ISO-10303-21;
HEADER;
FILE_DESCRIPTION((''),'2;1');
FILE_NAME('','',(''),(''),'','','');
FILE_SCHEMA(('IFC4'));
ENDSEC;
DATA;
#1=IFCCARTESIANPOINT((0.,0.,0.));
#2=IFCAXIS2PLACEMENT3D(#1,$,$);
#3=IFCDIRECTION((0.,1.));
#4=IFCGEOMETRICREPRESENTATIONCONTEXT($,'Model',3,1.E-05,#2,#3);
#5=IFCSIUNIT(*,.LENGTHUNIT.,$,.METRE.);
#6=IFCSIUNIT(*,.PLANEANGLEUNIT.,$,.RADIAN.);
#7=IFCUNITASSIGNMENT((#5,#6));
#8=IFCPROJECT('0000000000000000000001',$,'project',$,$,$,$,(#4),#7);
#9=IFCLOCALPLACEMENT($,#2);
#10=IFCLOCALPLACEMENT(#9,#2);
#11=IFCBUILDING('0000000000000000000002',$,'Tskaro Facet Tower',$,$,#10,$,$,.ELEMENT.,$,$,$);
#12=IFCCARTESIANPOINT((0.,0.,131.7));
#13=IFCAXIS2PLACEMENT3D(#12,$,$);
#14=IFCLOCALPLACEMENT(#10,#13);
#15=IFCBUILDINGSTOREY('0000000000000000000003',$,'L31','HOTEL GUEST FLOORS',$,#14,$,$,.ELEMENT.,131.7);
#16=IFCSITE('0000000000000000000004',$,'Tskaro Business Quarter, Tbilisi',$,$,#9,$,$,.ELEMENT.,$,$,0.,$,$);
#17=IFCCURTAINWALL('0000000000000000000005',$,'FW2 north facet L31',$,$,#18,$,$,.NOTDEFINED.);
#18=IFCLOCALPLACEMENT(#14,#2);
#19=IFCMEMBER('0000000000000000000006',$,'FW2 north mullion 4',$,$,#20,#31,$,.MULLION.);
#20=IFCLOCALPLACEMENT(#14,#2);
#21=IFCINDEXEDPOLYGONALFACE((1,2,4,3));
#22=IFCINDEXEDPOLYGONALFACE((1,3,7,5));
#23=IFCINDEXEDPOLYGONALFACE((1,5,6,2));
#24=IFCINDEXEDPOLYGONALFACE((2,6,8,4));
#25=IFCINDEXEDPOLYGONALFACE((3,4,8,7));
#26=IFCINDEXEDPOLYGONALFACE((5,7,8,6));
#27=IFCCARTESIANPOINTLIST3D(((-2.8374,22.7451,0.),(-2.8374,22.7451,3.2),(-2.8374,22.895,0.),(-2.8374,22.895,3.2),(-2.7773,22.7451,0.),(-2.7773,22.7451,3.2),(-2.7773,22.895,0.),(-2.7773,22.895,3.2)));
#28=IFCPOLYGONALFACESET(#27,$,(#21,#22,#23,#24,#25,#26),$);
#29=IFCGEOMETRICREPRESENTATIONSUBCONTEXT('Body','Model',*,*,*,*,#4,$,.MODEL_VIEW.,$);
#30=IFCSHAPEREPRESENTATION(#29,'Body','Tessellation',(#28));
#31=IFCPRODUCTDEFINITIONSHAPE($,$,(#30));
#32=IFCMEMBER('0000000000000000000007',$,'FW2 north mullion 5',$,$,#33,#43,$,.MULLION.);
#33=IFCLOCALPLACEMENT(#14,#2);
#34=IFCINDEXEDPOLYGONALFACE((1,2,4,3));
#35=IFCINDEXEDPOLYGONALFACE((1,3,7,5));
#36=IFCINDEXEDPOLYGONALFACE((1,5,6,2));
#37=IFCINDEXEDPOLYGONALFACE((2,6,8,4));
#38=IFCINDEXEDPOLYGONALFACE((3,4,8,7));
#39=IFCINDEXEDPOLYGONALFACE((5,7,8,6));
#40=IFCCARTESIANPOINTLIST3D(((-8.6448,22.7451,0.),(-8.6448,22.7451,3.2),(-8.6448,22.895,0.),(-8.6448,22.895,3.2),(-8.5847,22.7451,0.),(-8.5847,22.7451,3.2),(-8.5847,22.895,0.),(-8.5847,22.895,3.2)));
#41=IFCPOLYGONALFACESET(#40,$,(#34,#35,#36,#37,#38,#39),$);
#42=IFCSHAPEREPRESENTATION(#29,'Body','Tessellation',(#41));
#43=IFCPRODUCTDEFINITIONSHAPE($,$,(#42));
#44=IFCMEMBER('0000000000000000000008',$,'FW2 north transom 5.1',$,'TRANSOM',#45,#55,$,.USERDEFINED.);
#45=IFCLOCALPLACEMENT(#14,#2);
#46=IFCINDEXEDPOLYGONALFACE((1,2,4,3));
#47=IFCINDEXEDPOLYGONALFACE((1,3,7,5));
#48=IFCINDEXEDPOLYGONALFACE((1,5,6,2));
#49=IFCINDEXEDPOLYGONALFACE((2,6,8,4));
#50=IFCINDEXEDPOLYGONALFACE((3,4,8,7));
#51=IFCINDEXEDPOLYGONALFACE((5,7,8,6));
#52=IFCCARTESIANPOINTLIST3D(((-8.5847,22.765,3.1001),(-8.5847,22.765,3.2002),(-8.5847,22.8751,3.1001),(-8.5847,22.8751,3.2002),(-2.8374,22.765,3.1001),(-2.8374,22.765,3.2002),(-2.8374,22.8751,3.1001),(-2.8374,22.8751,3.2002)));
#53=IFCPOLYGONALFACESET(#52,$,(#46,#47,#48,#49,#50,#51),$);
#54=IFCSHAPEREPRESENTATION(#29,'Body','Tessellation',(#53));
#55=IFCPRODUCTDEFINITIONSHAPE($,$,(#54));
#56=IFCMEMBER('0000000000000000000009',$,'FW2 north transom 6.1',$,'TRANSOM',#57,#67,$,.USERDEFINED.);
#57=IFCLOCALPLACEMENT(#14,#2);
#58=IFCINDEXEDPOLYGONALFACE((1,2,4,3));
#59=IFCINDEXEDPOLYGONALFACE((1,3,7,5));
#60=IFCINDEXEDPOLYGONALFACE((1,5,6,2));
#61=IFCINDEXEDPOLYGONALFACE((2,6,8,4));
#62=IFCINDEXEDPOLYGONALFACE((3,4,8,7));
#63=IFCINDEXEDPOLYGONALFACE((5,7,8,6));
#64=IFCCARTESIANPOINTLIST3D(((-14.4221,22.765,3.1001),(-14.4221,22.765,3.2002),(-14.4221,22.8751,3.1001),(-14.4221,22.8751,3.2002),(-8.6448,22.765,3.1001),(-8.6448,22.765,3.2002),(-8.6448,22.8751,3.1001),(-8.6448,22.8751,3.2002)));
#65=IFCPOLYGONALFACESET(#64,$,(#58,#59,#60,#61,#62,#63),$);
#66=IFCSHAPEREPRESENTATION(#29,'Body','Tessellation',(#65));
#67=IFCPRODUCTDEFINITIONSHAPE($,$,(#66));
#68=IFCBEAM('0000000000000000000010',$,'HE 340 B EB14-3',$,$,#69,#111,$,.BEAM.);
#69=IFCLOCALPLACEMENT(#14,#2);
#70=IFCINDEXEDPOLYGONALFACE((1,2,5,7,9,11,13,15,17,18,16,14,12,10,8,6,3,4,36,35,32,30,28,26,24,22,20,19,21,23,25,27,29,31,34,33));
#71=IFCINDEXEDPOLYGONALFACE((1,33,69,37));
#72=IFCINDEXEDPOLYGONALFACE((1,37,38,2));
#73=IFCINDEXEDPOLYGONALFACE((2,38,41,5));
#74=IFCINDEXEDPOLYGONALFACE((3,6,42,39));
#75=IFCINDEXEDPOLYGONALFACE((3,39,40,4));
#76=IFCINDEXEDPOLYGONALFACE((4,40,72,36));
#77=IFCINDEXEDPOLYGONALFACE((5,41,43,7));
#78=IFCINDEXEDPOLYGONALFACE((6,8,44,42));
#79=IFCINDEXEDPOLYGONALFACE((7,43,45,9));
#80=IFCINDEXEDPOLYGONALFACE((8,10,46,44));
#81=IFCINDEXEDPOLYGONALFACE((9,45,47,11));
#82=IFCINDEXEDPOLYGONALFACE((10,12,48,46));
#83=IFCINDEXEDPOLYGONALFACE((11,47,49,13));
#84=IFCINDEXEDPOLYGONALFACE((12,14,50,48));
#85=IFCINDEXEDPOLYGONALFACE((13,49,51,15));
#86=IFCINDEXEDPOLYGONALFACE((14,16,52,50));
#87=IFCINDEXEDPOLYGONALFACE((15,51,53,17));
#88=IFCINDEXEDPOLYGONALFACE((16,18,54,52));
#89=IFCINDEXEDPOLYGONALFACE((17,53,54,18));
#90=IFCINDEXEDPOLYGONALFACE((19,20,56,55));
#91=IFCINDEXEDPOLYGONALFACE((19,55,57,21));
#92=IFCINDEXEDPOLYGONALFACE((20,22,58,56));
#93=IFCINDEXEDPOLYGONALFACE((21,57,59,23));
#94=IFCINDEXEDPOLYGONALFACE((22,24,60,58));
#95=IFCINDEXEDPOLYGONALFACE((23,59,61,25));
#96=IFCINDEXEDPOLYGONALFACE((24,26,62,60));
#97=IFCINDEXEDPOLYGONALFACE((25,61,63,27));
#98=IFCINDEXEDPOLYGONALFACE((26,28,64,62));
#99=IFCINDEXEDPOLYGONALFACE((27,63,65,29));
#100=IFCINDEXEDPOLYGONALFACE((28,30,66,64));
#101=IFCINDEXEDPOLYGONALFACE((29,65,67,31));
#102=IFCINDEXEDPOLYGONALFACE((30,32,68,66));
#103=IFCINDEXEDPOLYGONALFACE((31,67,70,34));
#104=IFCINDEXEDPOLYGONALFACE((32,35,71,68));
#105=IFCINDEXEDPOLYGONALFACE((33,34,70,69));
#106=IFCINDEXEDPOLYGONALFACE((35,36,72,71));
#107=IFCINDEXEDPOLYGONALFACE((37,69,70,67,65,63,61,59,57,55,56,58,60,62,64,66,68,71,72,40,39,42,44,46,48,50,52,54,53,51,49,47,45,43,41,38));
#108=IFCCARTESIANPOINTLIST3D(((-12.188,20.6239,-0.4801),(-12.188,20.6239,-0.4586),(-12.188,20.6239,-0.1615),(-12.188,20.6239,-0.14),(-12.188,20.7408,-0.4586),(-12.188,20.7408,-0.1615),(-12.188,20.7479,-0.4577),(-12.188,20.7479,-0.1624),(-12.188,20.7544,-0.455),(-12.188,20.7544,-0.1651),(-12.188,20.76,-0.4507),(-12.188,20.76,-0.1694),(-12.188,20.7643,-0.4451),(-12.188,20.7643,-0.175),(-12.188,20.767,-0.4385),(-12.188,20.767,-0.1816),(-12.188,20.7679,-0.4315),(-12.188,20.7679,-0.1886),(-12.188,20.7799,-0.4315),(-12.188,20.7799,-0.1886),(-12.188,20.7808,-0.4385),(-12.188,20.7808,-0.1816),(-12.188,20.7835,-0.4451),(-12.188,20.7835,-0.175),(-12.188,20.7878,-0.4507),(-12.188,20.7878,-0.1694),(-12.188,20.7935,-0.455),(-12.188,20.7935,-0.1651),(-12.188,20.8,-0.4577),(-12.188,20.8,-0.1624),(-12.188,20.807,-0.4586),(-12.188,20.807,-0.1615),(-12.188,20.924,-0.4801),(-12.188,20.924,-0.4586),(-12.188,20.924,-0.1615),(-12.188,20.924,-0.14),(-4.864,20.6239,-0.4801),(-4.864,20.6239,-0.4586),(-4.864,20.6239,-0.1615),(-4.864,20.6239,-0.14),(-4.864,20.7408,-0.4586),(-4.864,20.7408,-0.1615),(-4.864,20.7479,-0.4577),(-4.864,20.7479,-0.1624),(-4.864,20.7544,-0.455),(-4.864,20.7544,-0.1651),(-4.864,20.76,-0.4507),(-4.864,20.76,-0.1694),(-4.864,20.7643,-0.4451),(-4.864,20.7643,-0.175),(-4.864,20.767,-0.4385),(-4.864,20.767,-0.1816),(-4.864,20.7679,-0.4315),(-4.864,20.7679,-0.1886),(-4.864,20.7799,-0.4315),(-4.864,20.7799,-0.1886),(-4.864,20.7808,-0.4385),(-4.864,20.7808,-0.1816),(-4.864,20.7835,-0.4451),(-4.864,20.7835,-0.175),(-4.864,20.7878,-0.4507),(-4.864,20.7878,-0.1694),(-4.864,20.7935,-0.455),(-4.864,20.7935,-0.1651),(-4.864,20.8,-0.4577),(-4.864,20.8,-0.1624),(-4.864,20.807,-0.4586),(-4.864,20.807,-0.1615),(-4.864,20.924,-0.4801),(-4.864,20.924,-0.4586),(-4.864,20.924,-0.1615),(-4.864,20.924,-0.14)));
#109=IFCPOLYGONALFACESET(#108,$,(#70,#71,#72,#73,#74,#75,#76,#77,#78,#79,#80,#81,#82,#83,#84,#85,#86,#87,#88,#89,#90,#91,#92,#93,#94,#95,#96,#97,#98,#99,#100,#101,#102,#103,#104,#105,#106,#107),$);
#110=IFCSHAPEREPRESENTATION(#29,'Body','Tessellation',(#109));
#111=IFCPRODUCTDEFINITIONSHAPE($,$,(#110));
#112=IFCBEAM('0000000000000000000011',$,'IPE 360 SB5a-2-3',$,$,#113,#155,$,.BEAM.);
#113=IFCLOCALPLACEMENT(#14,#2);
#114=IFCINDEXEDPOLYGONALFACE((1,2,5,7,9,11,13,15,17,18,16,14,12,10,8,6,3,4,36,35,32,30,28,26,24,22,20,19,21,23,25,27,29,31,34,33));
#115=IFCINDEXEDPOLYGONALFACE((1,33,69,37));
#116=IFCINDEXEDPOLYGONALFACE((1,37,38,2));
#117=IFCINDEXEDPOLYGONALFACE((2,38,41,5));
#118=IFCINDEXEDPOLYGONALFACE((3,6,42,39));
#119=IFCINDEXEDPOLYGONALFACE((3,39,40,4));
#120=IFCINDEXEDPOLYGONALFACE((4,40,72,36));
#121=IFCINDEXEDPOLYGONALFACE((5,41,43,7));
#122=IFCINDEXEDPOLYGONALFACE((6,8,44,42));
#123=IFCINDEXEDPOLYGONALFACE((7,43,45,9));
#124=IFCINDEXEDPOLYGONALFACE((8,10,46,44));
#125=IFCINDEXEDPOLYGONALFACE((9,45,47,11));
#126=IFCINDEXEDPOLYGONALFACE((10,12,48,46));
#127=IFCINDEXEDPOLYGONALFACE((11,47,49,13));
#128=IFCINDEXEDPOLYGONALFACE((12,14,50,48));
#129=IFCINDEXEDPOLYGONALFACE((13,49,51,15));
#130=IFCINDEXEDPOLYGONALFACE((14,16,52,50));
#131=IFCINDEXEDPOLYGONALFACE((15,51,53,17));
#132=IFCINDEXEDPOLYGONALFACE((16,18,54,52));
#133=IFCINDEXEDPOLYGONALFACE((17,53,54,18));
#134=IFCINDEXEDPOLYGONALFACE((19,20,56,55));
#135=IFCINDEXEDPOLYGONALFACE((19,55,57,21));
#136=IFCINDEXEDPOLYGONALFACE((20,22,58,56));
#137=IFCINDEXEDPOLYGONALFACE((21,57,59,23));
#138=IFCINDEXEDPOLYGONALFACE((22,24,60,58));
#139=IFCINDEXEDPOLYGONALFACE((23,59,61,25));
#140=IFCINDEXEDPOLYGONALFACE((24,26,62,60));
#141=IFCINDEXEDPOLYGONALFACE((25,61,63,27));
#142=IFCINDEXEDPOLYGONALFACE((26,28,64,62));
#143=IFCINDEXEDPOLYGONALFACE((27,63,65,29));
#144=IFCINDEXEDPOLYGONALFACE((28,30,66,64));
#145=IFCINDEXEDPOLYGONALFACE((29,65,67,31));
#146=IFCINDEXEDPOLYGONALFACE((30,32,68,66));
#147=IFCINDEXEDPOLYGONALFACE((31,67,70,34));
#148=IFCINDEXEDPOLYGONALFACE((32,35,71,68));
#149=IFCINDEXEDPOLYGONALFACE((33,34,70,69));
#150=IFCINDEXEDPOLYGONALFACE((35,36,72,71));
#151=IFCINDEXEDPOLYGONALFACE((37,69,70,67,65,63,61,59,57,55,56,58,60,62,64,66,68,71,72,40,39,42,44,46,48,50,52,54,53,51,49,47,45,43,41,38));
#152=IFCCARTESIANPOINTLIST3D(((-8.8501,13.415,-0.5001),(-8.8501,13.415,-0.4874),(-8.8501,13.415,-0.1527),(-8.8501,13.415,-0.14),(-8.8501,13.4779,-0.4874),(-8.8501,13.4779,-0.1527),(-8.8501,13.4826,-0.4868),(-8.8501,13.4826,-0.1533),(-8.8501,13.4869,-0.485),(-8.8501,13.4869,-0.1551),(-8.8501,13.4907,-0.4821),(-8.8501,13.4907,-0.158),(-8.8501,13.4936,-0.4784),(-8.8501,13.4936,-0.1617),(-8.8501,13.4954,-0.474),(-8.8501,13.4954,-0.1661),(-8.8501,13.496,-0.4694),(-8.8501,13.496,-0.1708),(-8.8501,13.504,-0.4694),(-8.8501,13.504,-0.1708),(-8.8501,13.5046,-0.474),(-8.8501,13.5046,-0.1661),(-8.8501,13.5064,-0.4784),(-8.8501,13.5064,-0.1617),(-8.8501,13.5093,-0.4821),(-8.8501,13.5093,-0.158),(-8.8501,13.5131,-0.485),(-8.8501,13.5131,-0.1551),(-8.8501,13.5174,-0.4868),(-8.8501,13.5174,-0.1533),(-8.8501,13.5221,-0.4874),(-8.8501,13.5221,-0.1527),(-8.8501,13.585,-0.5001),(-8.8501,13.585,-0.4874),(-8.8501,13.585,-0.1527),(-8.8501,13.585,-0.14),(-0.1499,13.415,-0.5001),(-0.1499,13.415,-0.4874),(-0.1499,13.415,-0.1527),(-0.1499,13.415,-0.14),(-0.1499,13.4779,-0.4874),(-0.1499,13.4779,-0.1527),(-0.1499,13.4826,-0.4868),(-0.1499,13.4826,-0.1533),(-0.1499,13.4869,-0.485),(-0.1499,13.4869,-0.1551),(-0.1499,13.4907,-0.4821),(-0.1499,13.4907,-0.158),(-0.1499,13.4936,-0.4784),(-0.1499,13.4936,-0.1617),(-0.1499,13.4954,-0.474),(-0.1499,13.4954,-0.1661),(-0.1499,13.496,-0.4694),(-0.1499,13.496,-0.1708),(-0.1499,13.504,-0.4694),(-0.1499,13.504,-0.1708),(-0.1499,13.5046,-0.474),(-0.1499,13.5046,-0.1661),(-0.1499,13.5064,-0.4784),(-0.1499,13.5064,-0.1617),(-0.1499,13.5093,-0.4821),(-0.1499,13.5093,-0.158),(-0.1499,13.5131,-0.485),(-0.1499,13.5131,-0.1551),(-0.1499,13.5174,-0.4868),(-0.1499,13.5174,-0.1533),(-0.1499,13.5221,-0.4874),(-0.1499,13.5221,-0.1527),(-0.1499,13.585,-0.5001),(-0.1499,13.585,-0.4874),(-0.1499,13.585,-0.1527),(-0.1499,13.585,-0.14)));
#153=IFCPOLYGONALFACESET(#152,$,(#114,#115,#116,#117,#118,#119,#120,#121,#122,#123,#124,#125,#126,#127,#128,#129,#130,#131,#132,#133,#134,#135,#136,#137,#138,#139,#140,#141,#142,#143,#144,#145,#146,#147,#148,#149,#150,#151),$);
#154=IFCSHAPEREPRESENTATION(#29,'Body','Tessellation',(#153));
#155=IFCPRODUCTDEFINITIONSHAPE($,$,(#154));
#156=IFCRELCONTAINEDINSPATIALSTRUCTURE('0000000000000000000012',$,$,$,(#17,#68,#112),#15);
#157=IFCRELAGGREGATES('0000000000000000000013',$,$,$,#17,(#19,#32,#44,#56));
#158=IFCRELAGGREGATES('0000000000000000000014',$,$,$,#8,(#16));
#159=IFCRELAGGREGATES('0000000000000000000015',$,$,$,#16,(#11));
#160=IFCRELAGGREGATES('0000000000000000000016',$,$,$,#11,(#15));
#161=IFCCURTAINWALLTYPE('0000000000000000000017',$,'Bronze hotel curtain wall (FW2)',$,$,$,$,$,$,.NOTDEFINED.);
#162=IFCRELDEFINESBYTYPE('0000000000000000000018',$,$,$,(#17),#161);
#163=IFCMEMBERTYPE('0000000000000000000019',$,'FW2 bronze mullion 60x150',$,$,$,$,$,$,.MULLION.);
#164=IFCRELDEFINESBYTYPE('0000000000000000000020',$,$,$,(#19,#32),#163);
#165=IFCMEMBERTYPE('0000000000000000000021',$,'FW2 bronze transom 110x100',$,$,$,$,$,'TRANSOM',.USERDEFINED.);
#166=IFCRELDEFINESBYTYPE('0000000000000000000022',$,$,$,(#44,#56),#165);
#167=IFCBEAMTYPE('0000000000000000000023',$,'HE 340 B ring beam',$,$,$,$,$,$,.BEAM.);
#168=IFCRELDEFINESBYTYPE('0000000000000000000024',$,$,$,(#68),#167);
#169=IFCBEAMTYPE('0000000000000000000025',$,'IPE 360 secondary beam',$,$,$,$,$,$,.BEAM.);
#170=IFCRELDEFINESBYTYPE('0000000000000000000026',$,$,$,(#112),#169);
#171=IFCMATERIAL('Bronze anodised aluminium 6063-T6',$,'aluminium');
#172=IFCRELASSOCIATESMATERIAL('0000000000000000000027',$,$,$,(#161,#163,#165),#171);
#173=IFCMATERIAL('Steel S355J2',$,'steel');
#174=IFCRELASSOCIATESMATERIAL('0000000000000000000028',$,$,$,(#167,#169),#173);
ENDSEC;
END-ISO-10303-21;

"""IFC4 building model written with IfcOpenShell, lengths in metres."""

from ifc_helpers import new_model, si_unit, direction, frame, origin, origin_2d, place, context, subcontext, project, spatial, rectangle, i_section, extrude, material, material_profile, profile_set, type_object, element, aggregate, save


model = new_model("IFC4")

# Units and contexts
model_context = context("Model", 3, precision=1e-05, world=origin(), true_north=direction((0.0, 1.0)))
body_context = subcontext(model_context, "Body", "Model", "MODEL_VIEW")
ifc_project = project(units=[si_unit("LENGTHUNIT", "METRE"), si_unit("PLANEANGLEUNIT", "RADIAN")], contexts=[model_context])

# Site, building, storey
site_placement = place(None, origin())
site = spatial("IfcSite", under=ifc_project, at=site_placement, Name="Tskaro Business Quarter, Tbilisi", CompositionType="ELEMENT", RefElevation=0.0)
building_placement = place(site_placement, origin())
building = spatial("IfcBuilding", under=site, at=building_placement, Name="Tskaro Facet Tower", CompositionType="ELEMENT")
storey_placement = place(building_placement, frame((0.0, 0.0, 131.7)))
storey = spatial("IfcBuildingStorey", under=building, at=storey_placement, Name="L31", Description="HOTEL GUEST FLOORS", CompositionType="ELEMENT", Elevation=131.7)

# Curtain wall, members
ifc_material_1 = material(Name="Bronze anodised aluminium 6063-T6", Category="aluminium")
curtain_wall_type = type_object("IfcCurtainWallType", Name="Bronze hotel curtain wall (FW2)", PredefinedType="NOTDEFINED", material=ifc_material_1)
curtain_wall_placement = place(storey_placement, origin())
curtain_wall = element("IfcCurtainWall", 1, at=curtain_wall_placement, inside=storey, type_object=curtain_wall_type, Name="FW2 north facet L31", PredefinedType="NOTDEFINED")
ifc_material_profile_1 = material_profile(ifc_material_1, rectangle(XDim=0.0601, YDim=0.1499, at=origin_2d()), Name="Mullion 60x150")
ifc_profile_set_1 = profile_set([ifc_material_profile_1], Name="Bronze anodised aluminium 6063-T6")
member_type_1 = type_object("IfcMemberType", Name="FW2 bronze mullion 60x150", PredefinedType="MULLION", material=ifc_profile_set_1)
member_1_placement = place(storey_placement, frame((-2.8074, 22.8201, 0.0), z_axis=(0.0, 0.0, 1.0), x_axis=(-1.0, 0.0, 0.0)))
member_1 = element("IfcMember", 2, at=member_1_placement, type_object=member_type_1, Name="FW2 north mullion 4", PredefinedType="MULLION", context=body_context, shape_type="SweptSolid", body=[
    extrude(rectangle(XDim=0.0601, YDim=0.1499, at=origin_2d()), origin(), (0.0, 0.0, 1.0), 3.2),
])
member_2_placement = place(storey_placement, frame((-8.6147, 22.8201, 0.0), z_axis=(0.0, 0.0, 1.0), x_axis=(-1.0, 0.0, 0.0)))
member_2 = element("IfcMember", 3, at=member_2_placement, type_object=member_type_1, Name="FW2 north mullion 5", PredefinedType="MULLION", context=body_context, shape_type="SweptSolid", body=[
    extrude(rectangle(XDim=0.0601, YDim=0.1499, at=origin_2d()), origin(), (0.0, 0.0, 1.0), 3.2),
])
ifc_material_profile_2 = material_profile(ifc_material_1, rectangle(XDim=0.1101, YDim=0.1001, at=origin_2d()), Name="Transom 110x100")
ifc_profile_set_2 = profile_set([ifc_material_profile_2], Name="Bronze anodised aluminium 6063-T6")
member_type_2 = type_object("IfcMemberType", Name="FW2 bronze transom 110x100", ElementType="TRANSOM", PredefinedType="USERDEFINED", material=ifc_profile_set_2)
member_3_placement = place(storey_placement, frame((-2.8374, 22.8201, 3.1501), z_axis=(-1.0, 0.0, 0.0), x_axis=(0.0, -1.0, 0.0)))
member_3 = element("IfcMember", 4, at=member_3_placement, type_object=member_type_2, Name="FW2 north transom 5.1", ObjectType="TRANSOM", PredefinedType="USERDEFINED", context=body_context, shape_type="SweptSolid", body=[
    extrude(rectangle(XDim=0.1101, YDim=0.1001, at=origin_2d()), origin(), (0.0, 0.0, 1.0), 5.7473),
])
member_4_placement = place(storey_placement, frame((-8.6448, 22.8201, 3.1501), z_axis=(-1.0, 0.0, 0.0), x_axis=(0.0, -1.0, 0.0)))
member_4 = element("IfcMember", 5, at=member_4_placement, type_object=member_type_2, Name="FW2 north transom 6.1", ObjectType="TRANSOM", PredefinedType="USERDEFINED", context=body_context, shape_type="SweptSolid", body=[
    extrude(rectangle(XDim=0.1101, YDim=0.1001, at=origin_2d()), origin(), (0.0, 0.0, 1.0), 5.7773),
])

# Beams
ifc_material_2 = material(Name="Steel S355J2", Category="steel")
ifc_material_profile_3 = material_profile(ifc_material_2, i_section(OverallWidth=0.3, OverallDepth=0.3401, WebThickness=0.012, FlangeThickness=0.0215, FilletRadius=0.0271, at=origin_2d()), Name="HE 340 B")
ifc_profile_set_3 = profile_set([ifc_material_profile_3], Name="Steel S355J2")
beam_type_1 = type_object("IfcBeamType", Name="HE 340 B ring beam", PredefinedType="BEAM", material=ifc_profile_set_3)
beam_placement = place(storey_placement, frame((-4.864, 20.7739, -0.3101), z_axis=(-1.0, 0.0, 0.0), x_axis=(0.0, -1.0, 0.0)))
element("IfcBeam", 6, at=beam_placement, inside=storey, type_object=beam_type_1, Name="HE 340 B EB14-3", PredefinedType="BEAM", context=body_context, shape_type="SweptSolid", body=[
    extrude(i_section(OverallWidth=0.3, OverallDepth=0.3401, WebThickness=0.012, FlangeThickness=0.0215, FilletRadius=0.0271, at=origin_2d()), origin(), (0.0, 0.0, 1.0), 7.324),
])
ifc_material_profile_4 = material_profile(ifc_material_2, i_section(OverallWidth=0.1699, OverallDepth=0.3601, WebThickness=0.0081, FlangeThickness=0.0127, FilletRadius=0.0181, at=origin_2d()), Name="IPE 360")
ifc_profile_set_4 = profile_set([ifc_material_profile_4], Name="Steel S355J2")
beam_type_2 = type_object("IfcBeamType", Name="IPE 360 secondary beam", PredefinedType="BEAM", material=ifc_profile_set_4)
for number, where, z_axis, x_axis, name in (
    (7, (-8.8501, 13.5, -0.3201), (1.0, 0.0, 0.0), (0.0, 1.0, 0.0), "IPE 360 SB5a-2-3"),
):
    element("IfcBeam", number, at=place(storey_placement, frame(where, z_axis=z_axis, x_axis=x_axis)), inside=storey, type_object=beam_type_2, Name=name, PredefinedType="BEAM", context=body_context, shape_type="SweptSolid", body=[
        extrude(i_section(OverallWidth=0.1699, OverallDepth=0.3601, WebThickness=0.0081, FlangeThickness=0.0127, FilletRadius=0.0181, at=origin_2d()), origin(), (0.0, 0.0, 1.0), 8.7002),
    ])

aggregate(curtain_wall, [member_1, member_2, member_3, member_4])

save(model, "model.ifc")
